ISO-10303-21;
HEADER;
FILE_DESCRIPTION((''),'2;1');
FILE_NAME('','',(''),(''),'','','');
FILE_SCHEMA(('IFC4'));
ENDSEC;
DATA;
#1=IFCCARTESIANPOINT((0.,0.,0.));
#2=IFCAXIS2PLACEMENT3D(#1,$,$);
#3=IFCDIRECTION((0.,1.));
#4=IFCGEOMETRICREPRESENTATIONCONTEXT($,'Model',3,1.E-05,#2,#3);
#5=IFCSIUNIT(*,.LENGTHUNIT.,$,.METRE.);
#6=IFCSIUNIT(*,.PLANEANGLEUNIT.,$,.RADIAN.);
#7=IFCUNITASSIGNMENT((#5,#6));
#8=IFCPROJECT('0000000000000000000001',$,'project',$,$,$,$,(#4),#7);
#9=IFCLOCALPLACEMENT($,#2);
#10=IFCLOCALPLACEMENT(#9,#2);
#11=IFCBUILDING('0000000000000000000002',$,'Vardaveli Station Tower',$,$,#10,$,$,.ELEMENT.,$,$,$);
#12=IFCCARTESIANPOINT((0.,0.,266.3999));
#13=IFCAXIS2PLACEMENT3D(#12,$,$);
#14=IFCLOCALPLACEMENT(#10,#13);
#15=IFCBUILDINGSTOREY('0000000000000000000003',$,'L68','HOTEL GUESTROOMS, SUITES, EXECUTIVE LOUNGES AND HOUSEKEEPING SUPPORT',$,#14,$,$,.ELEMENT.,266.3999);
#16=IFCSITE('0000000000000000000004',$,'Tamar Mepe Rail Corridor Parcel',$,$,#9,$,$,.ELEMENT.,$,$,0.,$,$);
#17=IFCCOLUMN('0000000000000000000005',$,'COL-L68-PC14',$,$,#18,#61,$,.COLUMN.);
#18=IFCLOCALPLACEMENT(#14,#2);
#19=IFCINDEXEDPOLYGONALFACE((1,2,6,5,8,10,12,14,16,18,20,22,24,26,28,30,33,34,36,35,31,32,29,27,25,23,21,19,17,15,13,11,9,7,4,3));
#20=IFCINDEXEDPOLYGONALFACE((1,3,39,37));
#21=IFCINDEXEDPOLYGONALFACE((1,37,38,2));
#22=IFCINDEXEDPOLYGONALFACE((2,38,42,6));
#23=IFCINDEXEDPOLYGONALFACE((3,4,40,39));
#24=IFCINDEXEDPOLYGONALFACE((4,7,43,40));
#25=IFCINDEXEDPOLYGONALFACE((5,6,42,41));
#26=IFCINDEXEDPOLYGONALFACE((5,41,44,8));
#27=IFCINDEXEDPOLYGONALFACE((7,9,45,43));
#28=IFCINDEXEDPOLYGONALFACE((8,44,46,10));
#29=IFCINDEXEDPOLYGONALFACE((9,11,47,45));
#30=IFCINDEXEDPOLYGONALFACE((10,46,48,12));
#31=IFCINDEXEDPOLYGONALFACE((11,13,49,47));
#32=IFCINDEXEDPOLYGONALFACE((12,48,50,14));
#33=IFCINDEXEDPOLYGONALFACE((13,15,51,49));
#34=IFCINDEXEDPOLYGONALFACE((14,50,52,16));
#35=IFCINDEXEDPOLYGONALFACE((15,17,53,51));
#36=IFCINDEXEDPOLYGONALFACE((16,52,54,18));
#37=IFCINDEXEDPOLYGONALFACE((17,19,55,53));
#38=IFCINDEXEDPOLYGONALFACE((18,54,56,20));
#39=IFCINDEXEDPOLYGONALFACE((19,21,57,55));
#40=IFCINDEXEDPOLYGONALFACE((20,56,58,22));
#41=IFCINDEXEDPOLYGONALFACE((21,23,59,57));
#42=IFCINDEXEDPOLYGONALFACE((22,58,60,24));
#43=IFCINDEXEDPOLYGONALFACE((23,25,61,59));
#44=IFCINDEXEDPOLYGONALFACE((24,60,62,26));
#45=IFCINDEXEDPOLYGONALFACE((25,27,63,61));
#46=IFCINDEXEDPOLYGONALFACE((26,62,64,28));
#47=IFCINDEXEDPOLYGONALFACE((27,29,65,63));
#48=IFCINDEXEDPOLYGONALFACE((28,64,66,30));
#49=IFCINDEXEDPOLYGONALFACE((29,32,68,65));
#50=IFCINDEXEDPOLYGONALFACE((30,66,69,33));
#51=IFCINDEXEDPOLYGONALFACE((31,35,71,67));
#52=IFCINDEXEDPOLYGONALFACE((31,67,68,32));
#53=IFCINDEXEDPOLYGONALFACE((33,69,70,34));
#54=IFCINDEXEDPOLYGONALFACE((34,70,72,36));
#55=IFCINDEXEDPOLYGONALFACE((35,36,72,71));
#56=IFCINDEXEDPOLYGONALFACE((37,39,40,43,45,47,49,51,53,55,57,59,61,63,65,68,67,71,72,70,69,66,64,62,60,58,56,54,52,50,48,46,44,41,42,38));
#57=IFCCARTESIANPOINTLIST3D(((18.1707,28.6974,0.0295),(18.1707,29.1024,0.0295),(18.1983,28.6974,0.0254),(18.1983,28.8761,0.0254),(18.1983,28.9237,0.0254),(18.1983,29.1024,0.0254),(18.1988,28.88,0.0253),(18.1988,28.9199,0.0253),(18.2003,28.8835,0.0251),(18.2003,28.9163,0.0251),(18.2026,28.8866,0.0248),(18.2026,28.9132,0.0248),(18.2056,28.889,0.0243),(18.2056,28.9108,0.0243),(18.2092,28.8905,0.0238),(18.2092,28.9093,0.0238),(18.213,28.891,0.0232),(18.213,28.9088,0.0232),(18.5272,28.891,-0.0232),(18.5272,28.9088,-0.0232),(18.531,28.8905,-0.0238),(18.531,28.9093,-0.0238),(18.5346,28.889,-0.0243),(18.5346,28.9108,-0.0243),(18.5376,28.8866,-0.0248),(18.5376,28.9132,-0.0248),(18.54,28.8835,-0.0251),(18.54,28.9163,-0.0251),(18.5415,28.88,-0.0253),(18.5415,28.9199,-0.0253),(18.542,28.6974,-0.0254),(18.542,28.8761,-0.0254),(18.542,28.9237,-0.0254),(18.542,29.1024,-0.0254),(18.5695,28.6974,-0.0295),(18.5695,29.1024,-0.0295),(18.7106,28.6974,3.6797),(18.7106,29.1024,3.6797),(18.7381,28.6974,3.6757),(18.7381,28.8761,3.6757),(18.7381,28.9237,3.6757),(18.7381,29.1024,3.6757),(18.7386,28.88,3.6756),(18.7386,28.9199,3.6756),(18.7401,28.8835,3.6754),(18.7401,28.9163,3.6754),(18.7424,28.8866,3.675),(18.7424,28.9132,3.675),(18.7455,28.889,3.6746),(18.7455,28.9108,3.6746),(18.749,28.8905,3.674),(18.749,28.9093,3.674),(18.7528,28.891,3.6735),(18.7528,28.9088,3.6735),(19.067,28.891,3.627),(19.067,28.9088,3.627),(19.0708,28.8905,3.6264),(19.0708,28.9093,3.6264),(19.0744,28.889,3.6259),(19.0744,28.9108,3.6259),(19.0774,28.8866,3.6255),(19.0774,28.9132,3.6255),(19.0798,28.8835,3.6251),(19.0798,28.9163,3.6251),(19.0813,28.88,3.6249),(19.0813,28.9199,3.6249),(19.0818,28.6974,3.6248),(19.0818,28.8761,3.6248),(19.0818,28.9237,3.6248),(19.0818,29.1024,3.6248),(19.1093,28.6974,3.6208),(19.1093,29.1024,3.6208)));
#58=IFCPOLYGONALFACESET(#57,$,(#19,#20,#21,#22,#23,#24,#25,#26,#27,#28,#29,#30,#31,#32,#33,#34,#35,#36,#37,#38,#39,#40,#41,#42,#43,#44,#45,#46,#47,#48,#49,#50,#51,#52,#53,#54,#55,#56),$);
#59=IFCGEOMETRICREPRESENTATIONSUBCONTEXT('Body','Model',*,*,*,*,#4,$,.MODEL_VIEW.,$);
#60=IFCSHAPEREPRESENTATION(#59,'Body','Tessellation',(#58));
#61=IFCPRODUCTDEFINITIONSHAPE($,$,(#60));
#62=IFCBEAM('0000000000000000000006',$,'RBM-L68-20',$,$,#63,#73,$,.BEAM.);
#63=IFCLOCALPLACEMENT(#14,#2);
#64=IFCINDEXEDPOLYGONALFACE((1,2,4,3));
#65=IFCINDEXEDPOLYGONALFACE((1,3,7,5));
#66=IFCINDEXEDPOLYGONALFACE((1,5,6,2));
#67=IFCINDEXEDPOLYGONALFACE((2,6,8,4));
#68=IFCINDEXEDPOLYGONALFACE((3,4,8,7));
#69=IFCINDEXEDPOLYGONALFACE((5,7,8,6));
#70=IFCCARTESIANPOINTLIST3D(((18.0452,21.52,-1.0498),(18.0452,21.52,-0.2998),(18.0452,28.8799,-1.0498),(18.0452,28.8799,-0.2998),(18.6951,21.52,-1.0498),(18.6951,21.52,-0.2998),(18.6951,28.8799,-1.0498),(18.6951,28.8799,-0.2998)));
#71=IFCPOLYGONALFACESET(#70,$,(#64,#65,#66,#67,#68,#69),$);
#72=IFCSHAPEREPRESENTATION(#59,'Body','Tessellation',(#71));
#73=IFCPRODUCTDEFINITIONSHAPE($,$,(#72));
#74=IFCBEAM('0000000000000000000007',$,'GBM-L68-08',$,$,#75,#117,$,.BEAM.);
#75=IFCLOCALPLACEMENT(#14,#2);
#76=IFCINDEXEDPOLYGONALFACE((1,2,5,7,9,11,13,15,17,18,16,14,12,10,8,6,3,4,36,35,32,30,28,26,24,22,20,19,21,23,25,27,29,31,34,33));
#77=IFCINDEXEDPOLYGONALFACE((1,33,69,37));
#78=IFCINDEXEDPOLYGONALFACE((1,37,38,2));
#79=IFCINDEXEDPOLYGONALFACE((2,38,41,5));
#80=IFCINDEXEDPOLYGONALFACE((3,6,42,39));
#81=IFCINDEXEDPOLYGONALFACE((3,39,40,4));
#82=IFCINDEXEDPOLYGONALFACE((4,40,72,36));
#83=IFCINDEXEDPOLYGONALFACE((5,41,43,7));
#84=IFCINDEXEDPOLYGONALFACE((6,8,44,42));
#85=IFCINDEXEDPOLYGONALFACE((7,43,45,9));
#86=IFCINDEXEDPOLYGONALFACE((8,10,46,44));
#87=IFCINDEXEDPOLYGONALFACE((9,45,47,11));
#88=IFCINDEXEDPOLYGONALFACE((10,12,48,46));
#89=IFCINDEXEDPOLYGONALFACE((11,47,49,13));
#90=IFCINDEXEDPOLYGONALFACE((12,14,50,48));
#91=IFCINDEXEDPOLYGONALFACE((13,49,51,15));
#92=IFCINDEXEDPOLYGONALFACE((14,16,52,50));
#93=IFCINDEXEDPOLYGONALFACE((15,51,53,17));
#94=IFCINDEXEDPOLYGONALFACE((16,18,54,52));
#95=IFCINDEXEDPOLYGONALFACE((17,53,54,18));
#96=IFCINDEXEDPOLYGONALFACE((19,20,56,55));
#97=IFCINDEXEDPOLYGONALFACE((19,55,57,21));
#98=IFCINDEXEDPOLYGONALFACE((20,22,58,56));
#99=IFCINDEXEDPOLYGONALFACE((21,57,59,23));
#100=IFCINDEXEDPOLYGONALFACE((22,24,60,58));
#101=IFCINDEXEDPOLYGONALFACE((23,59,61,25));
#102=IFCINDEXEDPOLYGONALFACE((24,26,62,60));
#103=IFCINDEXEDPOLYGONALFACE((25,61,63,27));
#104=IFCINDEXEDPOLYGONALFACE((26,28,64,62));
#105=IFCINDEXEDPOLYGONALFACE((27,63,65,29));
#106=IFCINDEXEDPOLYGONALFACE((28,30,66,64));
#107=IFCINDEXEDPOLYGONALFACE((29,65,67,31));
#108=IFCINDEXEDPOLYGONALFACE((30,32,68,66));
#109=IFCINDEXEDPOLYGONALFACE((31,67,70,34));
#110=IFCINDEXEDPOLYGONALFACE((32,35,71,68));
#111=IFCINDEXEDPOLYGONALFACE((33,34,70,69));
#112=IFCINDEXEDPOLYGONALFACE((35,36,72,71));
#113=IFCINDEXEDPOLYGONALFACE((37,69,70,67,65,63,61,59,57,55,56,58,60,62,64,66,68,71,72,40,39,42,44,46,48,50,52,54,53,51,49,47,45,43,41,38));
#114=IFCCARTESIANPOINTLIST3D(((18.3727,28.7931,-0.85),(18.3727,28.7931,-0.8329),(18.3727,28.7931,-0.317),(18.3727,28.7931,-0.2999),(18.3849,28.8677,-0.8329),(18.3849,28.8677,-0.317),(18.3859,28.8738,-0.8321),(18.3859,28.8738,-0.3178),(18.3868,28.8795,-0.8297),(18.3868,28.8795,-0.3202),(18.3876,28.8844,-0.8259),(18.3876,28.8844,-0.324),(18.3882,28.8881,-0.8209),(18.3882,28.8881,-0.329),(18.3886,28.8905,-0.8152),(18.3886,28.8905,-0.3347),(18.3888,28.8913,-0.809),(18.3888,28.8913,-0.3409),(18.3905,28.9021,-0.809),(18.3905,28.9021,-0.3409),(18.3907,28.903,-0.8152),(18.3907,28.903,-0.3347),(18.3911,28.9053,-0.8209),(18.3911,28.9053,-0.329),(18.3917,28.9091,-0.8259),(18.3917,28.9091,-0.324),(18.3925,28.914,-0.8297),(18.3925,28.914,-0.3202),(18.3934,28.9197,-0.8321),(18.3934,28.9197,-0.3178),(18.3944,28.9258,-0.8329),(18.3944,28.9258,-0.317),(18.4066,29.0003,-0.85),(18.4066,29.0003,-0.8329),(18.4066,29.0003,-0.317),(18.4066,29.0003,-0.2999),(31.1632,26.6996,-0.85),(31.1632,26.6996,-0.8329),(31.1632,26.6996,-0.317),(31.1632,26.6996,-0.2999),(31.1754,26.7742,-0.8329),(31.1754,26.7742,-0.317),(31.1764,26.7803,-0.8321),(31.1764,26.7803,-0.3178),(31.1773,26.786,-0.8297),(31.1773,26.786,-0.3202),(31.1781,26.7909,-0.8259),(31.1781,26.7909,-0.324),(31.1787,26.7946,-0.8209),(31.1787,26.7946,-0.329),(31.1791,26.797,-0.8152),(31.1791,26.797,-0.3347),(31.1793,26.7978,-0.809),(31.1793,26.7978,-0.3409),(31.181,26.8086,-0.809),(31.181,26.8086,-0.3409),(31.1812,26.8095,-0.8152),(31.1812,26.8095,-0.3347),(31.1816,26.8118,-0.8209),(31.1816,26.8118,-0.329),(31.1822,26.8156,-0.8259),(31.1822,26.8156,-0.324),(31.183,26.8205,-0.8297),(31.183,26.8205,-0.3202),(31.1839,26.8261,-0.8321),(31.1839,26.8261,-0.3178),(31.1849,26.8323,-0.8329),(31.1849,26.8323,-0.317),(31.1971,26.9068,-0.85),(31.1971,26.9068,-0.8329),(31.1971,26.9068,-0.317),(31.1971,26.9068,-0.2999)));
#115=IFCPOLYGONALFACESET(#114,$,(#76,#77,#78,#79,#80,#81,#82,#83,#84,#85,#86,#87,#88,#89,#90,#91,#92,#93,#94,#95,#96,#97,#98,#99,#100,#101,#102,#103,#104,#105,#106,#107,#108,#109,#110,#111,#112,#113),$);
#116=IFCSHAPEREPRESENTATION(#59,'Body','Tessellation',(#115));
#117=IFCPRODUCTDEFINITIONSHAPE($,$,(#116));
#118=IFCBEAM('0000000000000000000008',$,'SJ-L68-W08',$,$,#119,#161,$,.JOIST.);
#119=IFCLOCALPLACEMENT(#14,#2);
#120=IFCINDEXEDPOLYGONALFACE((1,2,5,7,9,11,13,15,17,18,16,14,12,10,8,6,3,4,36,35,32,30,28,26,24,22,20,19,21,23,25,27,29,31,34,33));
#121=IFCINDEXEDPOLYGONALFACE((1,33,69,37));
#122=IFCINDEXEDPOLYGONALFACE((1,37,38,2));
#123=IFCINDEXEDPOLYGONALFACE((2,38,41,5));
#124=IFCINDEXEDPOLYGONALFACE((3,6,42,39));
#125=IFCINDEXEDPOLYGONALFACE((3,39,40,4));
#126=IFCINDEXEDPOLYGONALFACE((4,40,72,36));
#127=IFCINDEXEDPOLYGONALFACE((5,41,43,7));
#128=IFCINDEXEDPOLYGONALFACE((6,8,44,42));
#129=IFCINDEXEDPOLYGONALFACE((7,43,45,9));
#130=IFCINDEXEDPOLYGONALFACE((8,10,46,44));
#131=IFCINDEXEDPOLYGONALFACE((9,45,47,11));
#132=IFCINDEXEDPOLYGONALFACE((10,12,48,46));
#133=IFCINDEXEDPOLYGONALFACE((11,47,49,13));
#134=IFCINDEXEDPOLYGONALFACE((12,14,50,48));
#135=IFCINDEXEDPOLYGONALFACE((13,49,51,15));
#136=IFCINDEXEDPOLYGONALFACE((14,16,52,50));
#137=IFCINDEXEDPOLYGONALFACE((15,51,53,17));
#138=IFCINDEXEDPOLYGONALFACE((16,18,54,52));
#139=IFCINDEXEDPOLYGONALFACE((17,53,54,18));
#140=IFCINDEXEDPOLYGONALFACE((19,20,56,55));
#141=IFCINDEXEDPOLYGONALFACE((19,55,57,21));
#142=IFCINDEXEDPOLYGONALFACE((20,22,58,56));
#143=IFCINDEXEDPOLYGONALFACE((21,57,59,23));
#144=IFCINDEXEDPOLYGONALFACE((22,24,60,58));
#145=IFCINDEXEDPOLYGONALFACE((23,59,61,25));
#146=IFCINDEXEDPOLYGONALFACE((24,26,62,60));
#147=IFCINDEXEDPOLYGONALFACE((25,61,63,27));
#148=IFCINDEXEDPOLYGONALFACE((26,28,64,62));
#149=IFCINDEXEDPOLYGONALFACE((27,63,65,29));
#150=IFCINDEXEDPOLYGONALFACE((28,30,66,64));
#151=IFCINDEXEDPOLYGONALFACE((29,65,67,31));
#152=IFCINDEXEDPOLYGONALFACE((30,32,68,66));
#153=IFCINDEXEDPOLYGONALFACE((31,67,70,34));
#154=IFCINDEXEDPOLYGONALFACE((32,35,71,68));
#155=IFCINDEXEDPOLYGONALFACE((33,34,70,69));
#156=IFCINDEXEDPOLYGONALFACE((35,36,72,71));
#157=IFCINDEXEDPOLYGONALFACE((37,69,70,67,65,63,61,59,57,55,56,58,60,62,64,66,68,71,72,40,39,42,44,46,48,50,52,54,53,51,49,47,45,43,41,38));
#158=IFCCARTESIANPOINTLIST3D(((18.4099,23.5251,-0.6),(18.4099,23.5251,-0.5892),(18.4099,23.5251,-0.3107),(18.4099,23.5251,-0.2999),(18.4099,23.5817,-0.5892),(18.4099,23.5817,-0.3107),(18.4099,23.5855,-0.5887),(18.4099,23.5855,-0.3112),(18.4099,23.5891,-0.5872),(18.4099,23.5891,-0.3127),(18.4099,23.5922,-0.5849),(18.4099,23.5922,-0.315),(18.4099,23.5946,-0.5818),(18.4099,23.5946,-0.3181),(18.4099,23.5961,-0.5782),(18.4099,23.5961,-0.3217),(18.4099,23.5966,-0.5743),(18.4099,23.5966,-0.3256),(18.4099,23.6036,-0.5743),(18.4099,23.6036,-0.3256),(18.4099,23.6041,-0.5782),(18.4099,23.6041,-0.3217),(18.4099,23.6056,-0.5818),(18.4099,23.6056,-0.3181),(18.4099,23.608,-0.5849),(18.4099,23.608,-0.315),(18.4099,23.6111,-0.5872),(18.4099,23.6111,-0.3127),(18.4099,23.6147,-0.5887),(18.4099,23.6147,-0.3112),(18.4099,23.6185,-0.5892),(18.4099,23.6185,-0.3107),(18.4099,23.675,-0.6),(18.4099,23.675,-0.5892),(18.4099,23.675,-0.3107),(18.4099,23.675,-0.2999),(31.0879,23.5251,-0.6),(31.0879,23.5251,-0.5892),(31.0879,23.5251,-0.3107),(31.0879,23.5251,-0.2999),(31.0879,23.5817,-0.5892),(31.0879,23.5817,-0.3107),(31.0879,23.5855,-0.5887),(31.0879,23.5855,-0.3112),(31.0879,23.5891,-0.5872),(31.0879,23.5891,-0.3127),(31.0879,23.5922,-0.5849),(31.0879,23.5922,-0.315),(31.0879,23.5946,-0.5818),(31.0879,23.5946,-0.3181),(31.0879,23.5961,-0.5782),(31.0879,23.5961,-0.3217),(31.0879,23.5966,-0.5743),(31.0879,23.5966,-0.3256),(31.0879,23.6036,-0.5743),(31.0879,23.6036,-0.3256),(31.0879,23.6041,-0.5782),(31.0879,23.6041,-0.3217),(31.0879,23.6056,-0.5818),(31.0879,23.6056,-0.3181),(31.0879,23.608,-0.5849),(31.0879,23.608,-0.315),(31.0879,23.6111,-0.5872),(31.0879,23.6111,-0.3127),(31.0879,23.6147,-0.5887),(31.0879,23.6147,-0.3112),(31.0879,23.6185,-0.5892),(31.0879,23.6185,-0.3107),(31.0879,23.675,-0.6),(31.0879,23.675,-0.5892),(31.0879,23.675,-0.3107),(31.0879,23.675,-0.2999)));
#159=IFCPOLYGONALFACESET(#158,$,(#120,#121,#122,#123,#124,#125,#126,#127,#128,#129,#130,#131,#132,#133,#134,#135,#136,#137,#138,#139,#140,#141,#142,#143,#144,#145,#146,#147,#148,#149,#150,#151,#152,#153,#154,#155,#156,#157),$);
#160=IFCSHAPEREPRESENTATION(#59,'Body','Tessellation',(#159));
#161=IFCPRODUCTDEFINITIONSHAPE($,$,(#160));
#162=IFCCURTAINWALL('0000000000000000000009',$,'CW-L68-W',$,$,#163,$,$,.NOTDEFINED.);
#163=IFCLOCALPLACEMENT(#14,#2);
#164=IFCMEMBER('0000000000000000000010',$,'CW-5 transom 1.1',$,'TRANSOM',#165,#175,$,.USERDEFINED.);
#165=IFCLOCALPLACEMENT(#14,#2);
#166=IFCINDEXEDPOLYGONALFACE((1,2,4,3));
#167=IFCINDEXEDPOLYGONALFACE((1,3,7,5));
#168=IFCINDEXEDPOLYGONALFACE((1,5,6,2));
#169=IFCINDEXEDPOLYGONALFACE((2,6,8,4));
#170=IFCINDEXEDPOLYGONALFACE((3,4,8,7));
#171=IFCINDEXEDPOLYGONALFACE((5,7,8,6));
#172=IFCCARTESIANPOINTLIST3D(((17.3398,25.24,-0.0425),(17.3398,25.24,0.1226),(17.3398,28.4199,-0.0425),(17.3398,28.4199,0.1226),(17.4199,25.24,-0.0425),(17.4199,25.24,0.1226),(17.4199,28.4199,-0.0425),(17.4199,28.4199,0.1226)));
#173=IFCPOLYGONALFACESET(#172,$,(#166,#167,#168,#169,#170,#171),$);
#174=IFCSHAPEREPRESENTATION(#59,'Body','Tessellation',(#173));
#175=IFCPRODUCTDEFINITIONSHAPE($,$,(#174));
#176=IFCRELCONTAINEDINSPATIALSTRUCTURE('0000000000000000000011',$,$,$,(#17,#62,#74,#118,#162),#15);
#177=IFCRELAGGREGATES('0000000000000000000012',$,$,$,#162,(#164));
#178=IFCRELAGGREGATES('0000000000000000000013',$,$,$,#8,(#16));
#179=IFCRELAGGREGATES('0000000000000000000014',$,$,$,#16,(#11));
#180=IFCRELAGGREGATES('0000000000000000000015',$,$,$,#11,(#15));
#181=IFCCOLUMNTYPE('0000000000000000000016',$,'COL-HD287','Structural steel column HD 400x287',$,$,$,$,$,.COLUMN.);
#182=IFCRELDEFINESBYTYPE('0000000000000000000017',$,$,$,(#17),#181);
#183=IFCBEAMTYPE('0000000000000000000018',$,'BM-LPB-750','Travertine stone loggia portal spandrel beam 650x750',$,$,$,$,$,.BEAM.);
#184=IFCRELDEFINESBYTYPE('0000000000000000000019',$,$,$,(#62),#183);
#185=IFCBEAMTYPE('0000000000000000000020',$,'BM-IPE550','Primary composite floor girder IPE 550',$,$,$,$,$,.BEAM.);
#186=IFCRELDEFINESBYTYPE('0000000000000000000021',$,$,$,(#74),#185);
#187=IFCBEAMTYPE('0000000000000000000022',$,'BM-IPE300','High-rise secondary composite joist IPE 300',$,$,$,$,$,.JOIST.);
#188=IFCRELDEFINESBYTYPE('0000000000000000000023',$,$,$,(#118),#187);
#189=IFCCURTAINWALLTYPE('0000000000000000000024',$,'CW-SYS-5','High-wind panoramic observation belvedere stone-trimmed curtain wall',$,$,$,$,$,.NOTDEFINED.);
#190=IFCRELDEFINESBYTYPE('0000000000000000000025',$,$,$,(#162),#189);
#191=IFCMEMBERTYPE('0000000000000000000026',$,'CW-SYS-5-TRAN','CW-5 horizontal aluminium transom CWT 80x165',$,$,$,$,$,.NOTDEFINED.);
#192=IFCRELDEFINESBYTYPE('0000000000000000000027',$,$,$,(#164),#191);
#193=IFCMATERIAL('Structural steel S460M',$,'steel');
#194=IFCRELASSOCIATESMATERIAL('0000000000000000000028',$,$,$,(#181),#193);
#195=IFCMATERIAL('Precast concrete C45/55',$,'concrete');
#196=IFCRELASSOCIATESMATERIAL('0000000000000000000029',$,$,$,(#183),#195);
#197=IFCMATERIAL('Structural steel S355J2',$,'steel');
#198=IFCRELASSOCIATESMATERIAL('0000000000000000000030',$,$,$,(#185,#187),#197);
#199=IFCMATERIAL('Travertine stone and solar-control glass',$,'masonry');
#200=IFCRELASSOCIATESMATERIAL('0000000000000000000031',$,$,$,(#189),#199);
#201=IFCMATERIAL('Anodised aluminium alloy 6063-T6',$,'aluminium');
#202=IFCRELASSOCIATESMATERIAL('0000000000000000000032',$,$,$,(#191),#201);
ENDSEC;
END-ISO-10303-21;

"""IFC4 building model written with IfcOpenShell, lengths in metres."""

from ifc_helpers import new_model, si_unit, direction, frame, origin, origin_2d, place, context, subcontext, project, spatial, rectangle, i_section, extrude, source, transform, mapped, material, material_profile, profile_set, type_object, element, aggregate, save


model = new_model("IFC4")

# Units and contexts
model_context = context("Model", 3, precision=1e-05, world=origin(), true_north=direction((0.0, 1.0)))
body_context = subcontext(model_context, "Body", "Model", "MODEL_VIEW")
ifc_project = project(units=[si_unit("LENGTHUNIT", "METRE"), si_unit("PLANEANGLEUNIT", "RADIAN")], contexts=[model_context])

# Site, building, storey
site_placement = place(None, origin())
site = spatial("IfcSite", under=ifc_project, at=site_placement, Name="Tamar Mepe Rail Corridor Parcel", CompositionType="ELEMENT", RefElevation=0.0)
building_placement = place(site_placement, origin())
building = spatial("IfcBuilding", under=site, at=building_placement, Name="Vardaveli Station Tower", CompositionType="ELEMENT")
storey_placement = place(building_placement, frame((0.0, 0.0, 266.3999)))
storey = spatial("IfcBuildingStorey", under=building, at=storey_placement, Name="L68", Description="HOTEL GUESTROOMS, SUITES, EXECUTIVE LOUNGES AND HOUSEKEEPING SUPPORT", CompositionType="ELEMENT", Elevation=266.3999)

# Column
ifc_material_1 = material(Name="Structural steel S460M", Category="steel")
ifc_material_profile_1 = material_profile(ifc_material_1, i_section(OverallWidth=0.405, OverallDepth=0.4031, WebThickness=0.0178, FlangeThickness=0.0278, FilletRadius=0.0149, at=origin_2d()), Name="HD 400x287")
ifc_profile_set_1 = profile_set([ifc_material_profile_1], Name="Structural steel S460M")
column_type = type_object("IfcColumnType", Name="COL-HD287", Description="Structural steel column HD 400x287", PredefinedType="COLUMN", material=ifc_profile_set_1)
shared_shape_1 = source(origin(), body_context, "Body", "SweptSolid", [
    extrude(i_section(OverallWidth=0.405, OverallDepth=0.4031, WebThickness=0.0178, FlangeThickness=0.0278, FilletRadius=0.0149, at=origin_2d()), origin(), (0.0, 0.0, 1.0), 3.6899),
])
column_placement = place(storey_placement, frame((18.3701, 28.8999, 0.0), z_axis=(0.146292, 0.0, 0.989241), x_axis=(0.0, 1.0, 0.0)))
element("IfcColumn", 1, at=column_placement, inside=storey, type_object=column_type, Name="COL-L68-PC14", PredefinedType="COLUMN", context=body_context, shape_type="MappedRepresentation", body=[
    mapped(shared_shape_1, transform((0.0, 0.0, 0.0), scale=1.0)),
])

# Beams
ifc_material_2 = material(Name="Precast concrete C45/55", Category="concrete")
ifc_material_profile_2 = material_profile(ifc_material_2, rectangle(XDim=0.6499, YDim=0.75, at=origin_2d()), Name="LPB 650x750")
ifc_profile_set_2 = profile_set([ifc_material_profile_2], Name="Precast concrete C45/55")
beam_type_1 = type_object("IfcBeamType", Name="BM-LPB-750", Description="Travertine stone loggia portal spandrel beam 650x750", PredefinedType="BEAM", material=ifc_profile_set_2)
shared_shape_2 = source(origin(), body_context, "Body", "SweptSolid", [
    extrude(rectangle(XDim=0.6499, YDim=0.75, at=origin_2d()), origin(), (0.0, 0.0, 1.0), 7.3599),
])
beam_1_placement = place(storey_placement, frame((18.3701, 28.8799, -0.6748), z_axis=(0.0, -1.0, 0.0), x_axis=(1.0, 0.0, 0.0)))
element("IfcBeam", 2, at=beam_1_placement, inside=storey, type_object=beam_type_1, Name="RBM-L68-20", PredefinedType="BEAM", context=body_context, shape_type="MappedRepresentation", body=[
    mapped(shared_shape_2, transform((0.0, 0.0, 0.0), scale=1.0)),
])
ifc_material_3 = material(Name="Structural steel S355J2", Category="steel")
ifc_material_profile_3 = material_profile(ifc_material_3, i_section(OverallWidth=0.21, OverallDepth=0.55, WebThickness=0.011, FlangeThickness=0.0171, FilletRadius=0.0239, at=origin_2d()), Name="IPE 550")
ifc_profile_set_3 = profile_set([ifc_material_profile_3], Name="Structural steel S355J2")
beam_type_2 = type_object("IfcBeamType", Name="BM-IPE550", Description="Primary composite floor girder IPE 550", PredefinedType="BEAM", material=ifc_profile_set_3)
shared_shape_3 = source(origin(), body_context, "Body", "SweptSolid", [
    extrude(i_section(OverallWidth=0.21, OverallDepth=0.55, WebThickness=0.011, FlangeThickness=0.0171, FilletRadius=0.0239, at=origin_2d()), origin(), (0.0, 0.0, 1.0), 12.9607),
])
beam_2_placement = place(storey_placement, frame((18.3896, 28.8967, -0.575), z_axis=(0.986868, -0.161527, 0.0), x_axis=(0.161527, 0.986868, 0.0)))
element("IfcBeam", 3, at=beam_2_placement, inside=storey, type_object=beam_type_2, Name="GBM-L68-08", PredefinedType="BEAM", context=body_context, shape_type="MappedRepresentation", body=[
    mapped(shared_shape_3, transform((0.0, 0.0, 0.0), scale=1.0)),
])
ifc_material_profile_4 = material_profile(ifc_material_3, i_section(OverallWidth=0.1499, OverallDepth=0.3, WebThickness=0.0071, FlangeThickness=0.0107, FilletRadius=0.0149, at=origin_2d()), Name="IPE 300")
ifc_profile_set_4 = profile_set([ifc_material_profile_4], Name="Structural steel S355J2")
beam_type_3 = type_object("IfcBeamType", Name="BM-IPE300", Description="High-rise secondary composite joist IPE 300", PredefinedType="JOIST", material=ifc_profile_set_4)
shared_shape_4 = source(origin(), body_context, "Body", "SweptSolid", [
    extrude(i_section(OverallWidth=0.1499, OverallDepth=0.3, WebThickness=0.0071, FlangeThickness=0.0107, FilletRadius=0.0149, at=origin_2d()), origin(), (0.0, 0.0, 1.0), 12.678),
])
beam_3_placement = place(storey_placement, frame((18.4099, 23.6001, -0.45), z_axis=(1.0, 0.0, 0.0), x_axis=(0.0, 1.0, 0.0)))
element("IfcBeam", 4, at=beam_3_placement, inside=storey, type_object=beam_type_3, Name="SJ-L68-W08", PredefinedType="JOIST", context=body_context, shape_type="MappedRepresentation", body=[
    mapped(shared_shape_4, transform((0.0, 0.0, 0.0), scale=1.0)),
])

# Curtain wall, member
ifc_material_4 = material(Name="Travertine stone and solar-control glass", Category="masonry")
curtain_wall_type = type_object("IfcCurtainWallType", Name="CW-SYS-5", Description="High-wind panoramic observation belvedere stone-trimmed curtain wall", PredefinedType="NOTDEFINED", material=ifc_material_4)
curtain_wall_placement = place(storey_placement, origin())
curtain_wall = element("IfcCurtainWall", 5, at=curtain_wall_placement, inside=storey, type_object=curtain_wall_type, Name="CW-L68-W", PredefinedType="NOTDEFINED")
ifc_material_5 = material(Name="Anodised aluminium alloy 6063-T6", Category="aluminium")
ifc_material_profile_5 = material_profile(ifc_material_5, rectangle(XDim=0.0801, YDim=0.165, at=origin_2d()), Name="CWT 80x165")
ifc_profile_set_5 = profile_set([ifc_material_profile_5], Name="Anodised aluminium alloy 6063-T6")
member_type_1 = type_object("IfcMemberType", Name="CW-SYS-5-TRAN", Description="CW-5 horizontal aluminium transom CWT 80x165", PredefinedType="NOTDEFINED", material=ifc_profile_set_5)
shared_shape_5 = source(origin(), body_context, "Body", "SweptSolid", [
    extrude(rectangle(XDim=0.0801, YDim=0.165, at=origin_2d()), origin(), (0.0, 0.0, 1.0), 3.1799),
])
member_1_placement = place(storey_placement, frame((17.3799, 28.4199, 0.04), z_axis=(0.0, -1.0, 0.0), x_axis=(1.0, 0.0, 0.0)))
member_1 = element("IfcMember", 6, at=member_1_placement, type_object=member_type_1, Name="CW-5 transom 1.1", ObjectType="TRANSOM", PredefinedType="USERDEFINED", context=body_context, shape_type="MappedRepresentation", body=[
    mapped(shared_shape_5, transform((0.0, 0.0, 0.0), scale=1.0)),
])
aggregate(curtain_wall, [member_1])

save(model, "model.ifc")
